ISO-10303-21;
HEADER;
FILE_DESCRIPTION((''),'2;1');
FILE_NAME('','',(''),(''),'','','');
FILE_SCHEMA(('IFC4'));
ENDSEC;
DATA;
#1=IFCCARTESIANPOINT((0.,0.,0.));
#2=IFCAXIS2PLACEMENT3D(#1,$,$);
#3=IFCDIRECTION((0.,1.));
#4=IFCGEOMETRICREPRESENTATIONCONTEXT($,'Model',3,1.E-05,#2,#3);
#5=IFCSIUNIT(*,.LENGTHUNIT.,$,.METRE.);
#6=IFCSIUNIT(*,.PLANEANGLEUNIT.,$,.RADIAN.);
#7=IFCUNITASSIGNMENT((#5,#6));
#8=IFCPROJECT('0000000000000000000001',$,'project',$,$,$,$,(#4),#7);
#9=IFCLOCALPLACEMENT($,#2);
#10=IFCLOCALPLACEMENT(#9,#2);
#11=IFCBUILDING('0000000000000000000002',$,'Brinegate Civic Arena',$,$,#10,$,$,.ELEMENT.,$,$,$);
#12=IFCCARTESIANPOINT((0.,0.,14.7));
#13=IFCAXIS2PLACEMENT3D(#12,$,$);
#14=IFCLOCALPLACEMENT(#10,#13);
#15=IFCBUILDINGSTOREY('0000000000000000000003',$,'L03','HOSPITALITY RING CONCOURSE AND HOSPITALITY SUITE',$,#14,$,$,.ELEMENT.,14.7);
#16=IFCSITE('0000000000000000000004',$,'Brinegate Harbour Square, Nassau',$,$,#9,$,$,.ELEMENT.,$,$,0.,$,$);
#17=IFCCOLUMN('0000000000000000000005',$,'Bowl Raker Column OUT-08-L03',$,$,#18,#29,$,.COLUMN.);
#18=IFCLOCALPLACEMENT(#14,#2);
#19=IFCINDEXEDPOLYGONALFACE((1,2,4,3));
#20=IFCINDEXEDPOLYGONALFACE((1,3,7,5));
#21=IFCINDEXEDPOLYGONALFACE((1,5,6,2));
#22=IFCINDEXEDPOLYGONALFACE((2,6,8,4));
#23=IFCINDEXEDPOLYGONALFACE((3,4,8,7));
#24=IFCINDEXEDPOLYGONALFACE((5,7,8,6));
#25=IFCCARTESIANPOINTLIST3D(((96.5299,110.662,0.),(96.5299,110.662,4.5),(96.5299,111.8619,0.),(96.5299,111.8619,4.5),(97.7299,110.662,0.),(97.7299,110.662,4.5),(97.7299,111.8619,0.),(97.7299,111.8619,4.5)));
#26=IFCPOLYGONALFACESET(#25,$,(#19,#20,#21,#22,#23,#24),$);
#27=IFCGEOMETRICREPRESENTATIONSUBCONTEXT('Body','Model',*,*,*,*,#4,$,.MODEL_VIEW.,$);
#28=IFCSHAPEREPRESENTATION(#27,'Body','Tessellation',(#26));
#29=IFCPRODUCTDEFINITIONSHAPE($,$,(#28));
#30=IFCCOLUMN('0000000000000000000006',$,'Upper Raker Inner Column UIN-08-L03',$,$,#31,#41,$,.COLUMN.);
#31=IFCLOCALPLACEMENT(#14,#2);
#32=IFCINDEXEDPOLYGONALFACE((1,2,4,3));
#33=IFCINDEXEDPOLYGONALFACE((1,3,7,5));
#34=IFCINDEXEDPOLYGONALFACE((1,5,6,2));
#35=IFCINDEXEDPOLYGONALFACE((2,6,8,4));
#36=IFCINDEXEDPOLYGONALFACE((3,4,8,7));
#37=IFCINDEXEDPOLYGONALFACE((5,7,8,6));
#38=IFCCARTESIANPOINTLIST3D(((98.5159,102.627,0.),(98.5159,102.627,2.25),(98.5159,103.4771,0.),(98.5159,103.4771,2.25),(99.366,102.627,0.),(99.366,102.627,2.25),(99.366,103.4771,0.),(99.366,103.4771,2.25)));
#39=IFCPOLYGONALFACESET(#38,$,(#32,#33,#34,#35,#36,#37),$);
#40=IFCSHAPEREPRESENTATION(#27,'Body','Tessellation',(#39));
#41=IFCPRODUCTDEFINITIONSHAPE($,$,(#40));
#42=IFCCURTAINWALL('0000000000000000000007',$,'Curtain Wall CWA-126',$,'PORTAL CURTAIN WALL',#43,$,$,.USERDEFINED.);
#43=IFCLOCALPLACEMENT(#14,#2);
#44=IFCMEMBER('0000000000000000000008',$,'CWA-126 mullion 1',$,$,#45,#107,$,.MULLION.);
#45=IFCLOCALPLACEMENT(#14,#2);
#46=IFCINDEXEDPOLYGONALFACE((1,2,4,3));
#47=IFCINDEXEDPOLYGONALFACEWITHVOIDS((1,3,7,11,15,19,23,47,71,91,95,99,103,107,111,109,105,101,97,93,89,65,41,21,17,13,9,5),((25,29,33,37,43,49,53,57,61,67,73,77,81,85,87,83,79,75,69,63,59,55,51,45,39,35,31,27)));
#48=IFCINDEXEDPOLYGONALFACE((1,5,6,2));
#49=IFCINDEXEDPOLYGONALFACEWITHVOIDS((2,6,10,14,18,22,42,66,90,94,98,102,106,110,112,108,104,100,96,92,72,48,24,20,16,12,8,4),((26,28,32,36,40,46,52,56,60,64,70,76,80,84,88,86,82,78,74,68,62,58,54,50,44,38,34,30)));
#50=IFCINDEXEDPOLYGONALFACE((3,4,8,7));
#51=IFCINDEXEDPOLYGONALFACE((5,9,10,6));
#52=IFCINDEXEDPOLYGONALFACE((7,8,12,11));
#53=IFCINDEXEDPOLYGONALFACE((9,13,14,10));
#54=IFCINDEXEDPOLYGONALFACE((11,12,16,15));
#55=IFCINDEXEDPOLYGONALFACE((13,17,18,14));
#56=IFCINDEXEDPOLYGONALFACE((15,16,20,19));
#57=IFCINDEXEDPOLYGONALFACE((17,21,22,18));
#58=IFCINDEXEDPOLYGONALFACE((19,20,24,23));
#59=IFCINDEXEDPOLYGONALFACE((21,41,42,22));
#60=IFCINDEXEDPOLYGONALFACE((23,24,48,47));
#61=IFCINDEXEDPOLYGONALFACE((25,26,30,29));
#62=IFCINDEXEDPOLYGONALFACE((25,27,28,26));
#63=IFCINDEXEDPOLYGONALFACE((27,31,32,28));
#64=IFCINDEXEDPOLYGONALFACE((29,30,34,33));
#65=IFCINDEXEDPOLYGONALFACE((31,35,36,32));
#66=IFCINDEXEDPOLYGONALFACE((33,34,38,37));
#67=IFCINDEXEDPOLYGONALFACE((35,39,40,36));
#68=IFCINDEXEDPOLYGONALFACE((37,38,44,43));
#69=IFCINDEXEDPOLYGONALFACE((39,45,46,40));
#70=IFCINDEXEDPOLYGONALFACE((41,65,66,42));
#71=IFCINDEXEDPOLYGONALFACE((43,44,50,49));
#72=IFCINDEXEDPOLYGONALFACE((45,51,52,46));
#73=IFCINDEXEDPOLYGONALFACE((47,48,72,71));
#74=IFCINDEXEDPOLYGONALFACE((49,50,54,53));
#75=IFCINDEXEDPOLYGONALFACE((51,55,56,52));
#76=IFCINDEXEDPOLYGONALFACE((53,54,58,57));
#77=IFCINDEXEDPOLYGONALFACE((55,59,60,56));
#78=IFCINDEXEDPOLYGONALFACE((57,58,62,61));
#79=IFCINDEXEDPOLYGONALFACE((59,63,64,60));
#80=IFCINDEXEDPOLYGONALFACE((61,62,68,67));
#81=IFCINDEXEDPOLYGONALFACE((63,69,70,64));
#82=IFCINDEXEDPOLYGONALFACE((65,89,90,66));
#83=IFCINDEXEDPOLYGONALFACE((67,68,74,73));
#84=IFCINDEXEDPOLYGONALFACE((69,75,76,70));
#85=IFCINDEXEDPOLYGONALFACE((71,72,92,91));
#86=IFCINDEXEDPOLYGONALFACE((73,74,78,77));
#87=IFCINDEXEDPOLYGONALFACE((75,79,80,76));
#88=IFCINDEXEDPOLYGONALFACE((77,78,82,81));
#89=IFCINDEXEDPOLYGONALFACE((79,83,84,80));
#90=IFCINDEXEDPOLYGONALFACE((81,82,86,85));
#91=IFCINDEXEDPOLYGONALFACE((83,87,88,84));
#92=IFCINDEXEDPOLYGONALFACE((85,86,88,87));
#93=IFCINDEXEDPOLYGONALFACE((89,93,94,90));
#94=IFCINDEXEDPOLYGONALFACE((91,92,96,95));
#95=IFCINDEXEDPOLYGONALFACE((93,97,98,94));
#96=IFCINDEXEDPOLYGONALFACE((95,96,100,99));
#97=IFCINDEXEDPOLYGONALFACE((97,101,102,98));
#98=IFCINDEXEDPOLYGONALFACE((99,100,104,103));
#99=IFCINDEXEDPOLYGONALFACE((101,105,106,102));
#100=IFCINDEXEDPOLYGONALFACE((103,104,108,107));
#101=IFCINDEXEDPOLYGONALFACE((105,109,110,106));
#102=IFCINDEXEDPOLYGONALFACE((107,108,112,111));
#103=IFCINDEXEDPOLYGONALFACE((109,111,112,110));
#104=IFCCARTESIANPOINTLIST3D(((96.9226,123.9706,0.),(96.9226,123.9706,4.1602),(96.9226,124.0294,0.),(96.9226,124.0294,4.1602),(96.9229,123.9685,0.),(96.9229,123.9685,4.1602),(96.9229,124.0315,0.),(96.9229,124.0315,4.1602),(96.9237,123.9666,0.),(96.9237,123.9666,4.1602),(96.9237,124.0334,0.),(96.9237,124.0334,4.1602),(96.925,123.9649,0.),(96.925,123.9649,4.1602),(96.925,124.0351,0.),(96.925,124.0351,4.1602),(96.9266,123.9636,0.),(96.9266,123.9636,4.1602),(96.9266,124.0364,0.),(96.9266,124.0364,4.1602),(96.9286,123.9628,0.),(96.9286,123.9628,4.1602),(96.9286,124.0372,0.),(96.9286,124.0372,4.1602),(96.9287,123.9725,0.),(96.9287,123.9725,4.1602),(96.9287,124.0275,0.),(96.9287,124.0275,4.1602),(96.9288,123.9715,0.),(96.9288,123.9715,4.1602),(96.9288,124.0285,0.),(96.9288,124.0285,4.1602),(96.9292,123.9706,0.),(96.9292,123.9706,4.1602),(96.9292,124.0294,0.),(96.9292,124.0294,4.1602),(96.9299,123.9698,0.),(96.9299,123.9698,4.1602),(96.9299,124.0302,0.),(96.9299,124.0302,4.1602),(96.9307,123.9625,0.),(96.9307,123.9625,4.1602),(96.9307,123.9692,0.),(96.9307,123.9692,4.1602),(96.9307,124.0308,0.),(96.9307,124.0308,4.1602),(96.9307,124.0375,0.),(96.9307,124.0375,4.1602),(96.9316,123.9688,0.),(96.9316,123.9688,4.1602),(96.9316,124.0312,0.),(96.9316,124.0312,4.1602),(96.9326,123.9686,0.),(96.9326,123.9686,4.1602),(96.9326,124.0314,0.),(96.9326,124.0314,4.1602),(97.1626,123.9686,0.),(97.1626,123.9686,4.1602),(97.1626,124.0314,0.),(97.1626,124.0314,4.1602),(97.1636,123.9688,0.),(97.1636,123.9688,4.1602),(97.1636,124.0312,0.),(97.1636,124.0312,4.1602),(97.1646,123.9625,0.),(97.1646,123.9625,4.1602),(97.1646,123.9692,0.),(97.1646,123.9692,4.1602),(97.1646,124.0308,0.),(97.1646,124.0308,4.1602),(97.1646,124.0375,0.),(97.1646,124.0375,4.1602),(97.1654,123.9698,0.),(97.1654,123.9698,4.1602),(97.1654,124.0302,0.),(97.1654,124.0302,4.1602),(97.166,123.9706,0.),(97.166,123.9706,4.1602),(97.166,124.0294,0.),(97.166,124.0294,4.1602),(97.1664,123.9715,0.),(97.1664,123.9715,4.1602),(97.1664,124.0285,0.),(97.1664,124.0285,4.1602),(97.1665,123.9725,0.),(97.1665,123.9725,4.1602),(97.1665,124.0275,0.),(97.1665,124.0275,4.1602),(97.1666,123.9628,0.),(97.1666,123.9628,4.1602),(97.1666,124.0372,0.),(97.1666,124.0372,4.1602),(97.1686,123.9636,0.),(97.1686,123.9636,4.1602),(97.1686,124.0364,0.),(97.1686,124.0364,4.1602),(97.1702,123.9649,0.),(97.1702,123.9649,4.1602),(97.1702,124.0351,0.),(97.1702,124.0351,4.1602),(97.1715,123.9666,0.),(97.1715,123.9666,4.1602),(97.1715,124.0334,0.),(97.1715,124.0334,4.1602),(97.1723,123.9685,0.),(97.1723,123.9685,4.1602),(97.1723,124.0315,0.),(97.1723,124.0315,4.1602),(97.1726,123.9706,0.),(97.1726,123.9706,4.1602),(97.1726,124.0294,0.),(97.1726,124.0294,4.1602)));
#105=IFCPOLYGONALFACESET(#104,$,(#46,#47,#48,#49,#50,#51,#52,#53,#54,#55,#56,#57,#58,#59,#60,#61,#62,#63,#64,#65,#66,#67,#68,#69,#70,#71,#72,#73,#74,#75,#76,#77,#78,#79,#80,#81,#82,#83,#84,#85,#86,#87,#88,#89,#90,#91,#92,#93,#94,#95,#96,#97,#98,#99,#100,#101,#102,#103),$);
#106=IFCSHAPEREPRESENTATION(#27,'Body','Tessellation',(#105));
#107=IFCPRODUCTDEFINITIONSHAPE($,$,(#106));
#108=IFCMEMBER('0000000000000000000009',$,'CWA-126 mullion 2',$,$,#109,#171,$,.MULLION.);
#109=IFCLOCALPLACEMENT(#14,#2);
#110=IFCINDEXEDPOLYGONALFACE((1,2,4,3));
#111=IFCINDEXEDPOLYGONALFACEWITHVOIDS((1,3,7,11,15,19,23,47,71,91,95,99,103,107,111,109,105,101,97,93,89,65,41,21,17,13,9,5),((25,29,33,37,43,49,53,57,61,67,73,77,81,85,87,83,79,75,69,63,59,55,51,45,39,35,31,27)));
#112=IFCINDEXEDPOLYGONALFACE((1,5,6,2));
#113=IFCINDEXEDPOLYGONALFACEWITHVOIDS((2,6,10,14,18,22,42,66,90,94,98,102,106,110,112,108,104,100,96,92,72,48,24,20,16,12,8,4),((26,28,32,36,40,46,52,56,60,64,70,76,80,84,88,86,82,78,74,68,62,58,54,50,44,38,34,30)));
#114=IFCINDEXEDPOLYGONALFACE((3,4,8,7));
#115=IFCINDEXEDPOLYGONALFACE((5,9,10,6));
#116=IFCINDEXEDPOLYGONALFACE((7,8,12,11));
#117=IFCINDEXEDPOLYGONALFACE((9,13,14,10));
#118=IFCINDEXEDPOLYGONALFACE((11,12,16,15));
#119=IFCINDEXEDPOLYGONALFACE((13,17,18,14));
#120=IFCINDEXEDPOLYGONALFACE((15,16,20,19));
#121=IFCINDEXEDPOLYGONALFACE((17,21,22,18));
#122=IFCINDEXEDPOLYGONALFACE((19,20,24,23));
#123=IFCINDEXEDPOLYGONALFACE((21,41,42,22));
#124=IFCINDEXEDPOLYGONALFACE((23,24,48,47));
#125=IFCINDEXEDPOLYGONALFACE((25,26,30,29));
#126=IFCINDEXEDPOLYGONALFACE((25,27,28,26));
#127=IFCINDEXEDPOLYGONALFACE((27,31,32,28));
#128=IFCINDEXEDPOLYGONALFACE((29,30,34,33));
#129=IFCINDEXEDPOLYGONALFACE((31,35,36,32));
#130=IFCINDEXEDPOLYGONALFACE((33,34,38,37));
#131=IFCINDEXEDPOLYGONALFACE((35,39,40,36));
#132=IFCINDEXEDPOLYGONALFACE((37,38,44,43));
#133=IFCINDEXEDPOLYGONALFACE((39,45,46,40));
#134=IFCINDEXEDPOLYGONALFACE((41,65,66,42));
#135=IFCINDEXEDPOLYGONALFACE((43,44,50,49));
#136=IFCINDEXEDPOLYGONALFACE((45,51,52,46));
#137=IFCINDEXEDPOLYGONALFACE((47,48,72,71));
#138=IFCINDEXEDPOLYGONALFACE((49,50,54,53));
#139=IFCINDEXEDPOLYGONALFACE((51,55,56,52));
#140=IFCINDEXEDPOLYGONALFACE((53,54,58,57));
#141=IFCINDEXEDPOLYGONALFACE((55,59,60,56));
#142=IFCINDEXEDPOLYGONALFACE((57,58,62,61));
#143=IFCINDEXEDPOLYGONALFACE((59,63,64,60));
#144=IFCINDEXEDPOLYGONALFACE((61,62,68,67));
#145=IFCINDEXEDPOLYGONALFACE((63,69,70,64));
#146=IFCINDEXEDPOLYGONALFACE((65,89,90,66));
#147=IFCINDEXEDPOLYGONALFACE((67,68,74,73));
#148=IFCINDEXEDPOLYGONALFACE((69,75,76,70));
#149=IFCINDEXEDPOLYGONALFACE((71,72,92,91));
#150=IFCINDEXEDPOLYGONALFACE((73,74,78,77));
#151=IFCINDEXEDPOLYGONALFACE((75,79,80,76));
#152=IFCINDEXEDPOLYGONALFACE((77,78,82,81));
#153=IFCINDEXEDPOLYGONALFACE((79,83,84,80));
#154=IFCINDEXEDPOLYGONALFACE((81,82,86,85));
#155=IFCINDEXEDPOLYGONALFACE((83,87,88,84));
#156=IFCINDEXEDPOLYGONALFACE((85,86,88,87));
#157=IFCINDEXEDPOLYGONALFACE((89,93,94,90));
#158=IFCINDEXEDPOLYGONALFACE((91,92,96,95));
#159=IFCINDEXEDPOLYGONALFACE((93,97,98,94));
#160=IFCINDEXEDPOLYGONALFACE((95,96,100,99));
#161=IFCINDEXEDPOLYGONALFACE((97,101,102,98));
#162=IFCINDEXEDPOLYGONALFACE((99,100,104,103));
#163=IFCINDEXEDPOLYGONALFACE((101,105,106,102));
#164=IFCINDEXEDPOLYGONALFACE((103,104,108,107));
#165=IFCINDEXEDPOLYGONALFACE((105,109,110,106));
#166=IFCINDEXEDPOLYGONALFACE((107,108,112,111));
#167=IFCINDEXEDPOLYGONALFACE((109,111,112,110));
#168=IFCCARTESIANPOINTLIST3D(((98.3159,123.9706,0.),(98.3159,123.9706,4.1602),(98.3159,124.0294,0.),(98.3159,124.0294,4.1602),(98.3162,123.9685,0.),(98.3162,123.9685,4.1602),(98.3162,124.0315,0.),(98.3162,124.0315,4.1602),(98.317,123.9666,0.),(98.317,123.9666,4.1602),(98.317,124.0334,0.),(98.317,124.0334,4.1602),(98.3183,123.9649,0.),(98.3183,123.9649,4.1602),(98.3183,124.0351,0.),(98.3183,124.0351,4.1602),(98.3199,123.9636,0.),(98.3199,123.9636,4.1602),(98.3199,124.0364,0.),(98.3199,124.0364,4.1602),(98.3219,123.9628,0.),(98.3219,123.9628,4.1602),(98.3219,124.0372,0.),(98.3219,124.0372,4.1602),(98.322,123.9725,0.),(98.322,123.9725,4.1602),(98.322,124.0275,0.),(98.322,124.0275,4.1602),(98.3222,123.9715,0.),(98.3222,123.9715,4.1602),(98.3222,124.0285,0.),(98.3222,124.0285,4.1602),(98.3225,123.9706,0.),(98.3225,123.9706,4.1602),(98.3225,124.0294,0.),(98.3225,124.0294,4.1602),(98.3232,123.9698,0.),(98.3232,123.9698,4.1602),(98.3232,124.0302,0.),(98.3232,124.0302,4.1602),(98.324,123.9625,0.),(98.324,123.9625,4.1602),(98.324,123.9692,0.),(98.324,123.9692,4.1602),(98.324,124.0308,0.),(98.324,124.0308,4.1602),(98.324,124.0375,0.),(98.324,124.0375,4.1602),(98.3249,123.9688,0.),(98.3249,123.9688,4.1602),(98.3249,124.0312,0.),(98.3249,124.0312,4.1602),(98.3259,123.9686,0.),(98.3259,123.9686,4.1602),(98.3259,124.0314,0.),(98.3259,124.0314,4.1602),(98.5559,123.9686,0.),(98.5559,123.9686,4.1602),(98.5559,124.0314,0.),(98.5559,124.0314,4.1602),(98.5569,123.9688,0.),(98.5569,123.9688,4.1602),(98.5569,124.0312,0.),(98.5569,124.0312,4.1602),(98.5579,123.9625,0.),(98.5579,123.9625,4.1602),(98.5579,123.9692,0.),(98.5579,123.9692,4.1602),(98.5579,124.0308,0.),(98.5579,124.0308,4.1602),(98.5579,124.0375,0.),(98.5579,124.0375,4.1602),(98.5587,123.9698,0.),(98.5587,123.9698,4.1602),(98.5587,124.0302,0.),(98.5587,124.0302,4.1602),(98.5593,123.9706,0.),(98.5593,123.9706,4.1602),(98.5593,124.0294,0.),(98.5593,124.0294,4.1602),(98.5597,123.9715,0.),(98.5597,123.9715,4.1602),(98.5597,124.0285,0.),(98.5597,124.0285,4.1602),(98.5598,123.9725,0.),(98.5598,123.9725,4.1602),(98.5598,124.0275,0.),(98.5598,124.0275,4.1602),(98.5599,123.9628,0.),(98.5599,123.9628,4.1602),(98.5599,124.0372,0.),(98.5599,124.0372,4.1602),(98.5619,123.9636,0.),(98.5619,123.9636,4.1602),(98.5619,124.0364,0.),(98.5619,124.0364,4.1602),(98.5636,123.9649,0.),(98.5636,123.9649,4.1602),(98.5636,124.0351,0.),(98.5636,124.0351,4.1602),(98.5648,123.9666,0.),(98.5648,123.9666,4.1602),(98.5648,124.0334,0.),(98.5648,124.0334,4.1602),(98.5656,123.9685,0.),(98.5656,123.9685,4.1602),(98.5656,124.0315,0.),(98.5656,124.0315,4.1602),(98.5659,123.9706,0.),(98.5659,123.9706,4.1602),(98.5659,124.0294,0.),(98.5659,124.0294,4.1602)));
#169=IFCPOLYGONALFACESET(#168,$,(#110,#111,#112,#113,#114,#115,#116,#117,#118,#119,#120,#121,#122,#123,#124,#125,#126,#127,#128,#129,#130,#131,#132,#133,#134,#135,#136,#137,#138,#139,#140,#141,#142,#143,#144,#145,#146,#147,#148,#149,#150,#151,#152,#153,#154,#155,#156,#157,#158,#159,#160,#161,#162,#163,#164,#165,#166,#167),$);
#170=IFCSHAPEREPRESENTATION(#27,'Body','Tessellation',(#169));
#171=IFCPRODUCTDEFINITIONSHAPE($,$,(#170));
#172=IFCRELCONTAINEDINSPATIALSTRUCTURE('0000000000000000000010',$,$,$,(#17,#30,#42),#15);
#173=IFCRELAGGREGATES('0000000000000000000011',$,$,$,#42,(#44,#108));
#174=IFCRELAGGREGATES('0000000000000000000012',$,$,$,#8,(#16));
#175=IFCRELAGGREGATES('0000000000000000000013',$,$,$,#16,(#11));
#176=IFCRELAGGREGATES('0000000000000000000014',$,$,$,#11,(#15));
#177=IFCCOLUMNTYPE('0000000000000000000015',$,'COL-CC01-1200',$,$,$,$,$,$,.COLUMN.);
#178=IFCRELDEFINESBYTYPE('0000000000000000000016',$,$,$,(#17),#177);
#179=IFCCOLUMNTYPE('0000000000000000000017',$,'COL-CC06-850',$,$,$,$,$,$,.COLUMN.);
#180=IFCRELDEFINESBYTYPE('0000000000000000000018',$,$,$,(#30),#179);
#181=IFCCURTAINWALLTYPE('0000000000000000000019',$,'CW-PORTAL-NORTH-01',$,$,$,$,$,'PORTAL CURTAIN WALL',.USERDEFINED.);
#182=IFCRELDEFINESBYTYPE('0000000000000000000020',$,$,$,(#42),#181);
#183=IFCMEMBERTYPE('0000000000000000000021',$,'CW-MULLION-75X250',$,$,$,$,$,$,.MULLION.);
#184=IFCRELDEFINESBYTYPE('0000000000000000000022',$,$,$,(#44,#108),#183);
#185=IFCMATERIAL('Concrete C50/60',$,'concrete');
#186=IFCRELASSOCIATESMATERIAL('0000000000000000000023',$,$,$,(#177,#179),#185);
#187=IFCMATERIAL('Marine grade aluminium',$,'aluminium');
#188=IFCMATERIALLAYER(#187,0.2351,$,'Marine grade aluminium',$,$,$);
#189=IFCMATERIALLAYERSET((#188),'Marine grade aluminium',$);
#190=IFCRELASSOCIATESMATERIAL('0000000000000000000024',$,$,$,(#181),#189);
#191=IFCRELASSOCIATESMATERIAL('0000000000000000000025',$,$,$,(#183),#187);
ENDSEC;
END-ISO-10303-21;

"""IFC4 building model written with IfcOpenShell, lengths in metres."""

from ifc_helpers import new_model, si_unit, direction, frame, origin, origin_2d, place, context, subcontext, project, spatial, rectangle, hollow_rectangle, extrude, material, layer, layer_set, material_profile, profile_set, type_object, element, aggregate, save


model = new_model("IFC4")

# Units and contexts
model_context = context("Model", 3, precision=1e-05, world=origin(), true_north=direction((0.0, 1.0)))
body_context = subcontext(model_context, "Body", "Model", "MODEL_VIEW")
ifc_project = project(units=[si_unit("LENGTHUNIT", "METRE"), si_unit("PLANEANGLEUNIT", "RADIAN")], contexts=[model_context])

# Site, building, storey
site_placement = place(None, origin())
site = spatial("IfcSite", under=ifc_project, at=site_placement, Name="Brinegate Harbour Square, Nassau", CompositionType="ELEMENT", RefElevation=0.0)
building_placement = place(site_placement, origin())
building = spatial("IfcBuilding", under=site, at=building_placement, Name="Brinegate Civic Arena", CompositionType="ELEMENT")
storey_placement = place(building_placement, frame((0.0, 0.0, 14.7)))
storey = spatial("IfcBuildingStorey", under=building, at=storey_placement, Name="L03", Description="HOSPITALITY RING CONCOURSE AND HOSPITALITY SUITE", CompositionType="ELEMENT", Elevation=14.7)

# Columns
ifc_material_1 = material(Name="Concrete C50/60", Category="concrete")
ifc_material_profile_1 = material_profile(ifc_material_1, rectangle(XDim=1.2, YDim=1.2, at=origin_2d()), Name="RC1200X1200")
ifc_profile_set_1 = profile_set([ifc_material_profile_1], Name="Concrete C50/60")
column_type_1 = type_object("IfcColumnType", Name="COL-CC01-1200", PredefinedType="COLUMN", material=ifc_profile_set_1)
column_1_placement = place(storey_placement, frame((97.1299, 111.262, 0.0), z_axis=(0.0, 0.0, 1.0), x_axis=(1.0, 0.0, 0.0)))
element("IfcColumn", 1, at=column_1_placement, inside=storey, type_object=column_type_1, Name="Bowl Raker Column OUT-08-L03", PredefinedType="COLUMN", context=body_context, shape_type="SweptSolid", body=[
    extrude(rectangle(XDim=1.2, YDim=1.2, at=origin_2d()), origin(), (0.0, 0.0, 1.0), 4.5),
])
ifc_material_profile_2 = material_profile(ifc_material_1, rectangle(XDim=0.8501, YDim=0.8501, at=origin_2d()), Name="RC850X850")
ifc_profile_set_2 = profile_set([ifc_material_profile_2], Name="Concrete C50/60")
column_type_2 = type_object("IfcColumnType", Name="COL-CC06-850", PredefinedType="COLUMN", material=ifc_profile_set_2)
column_2_placement = place(storey_placement, frame((98.9409, 103.052, 0.0), z_axis=(0.0, 0.0, 1.0), x_axis=(1.0, 0.0, 0.0)))
element("IfcColumn", 2, at=column_2_placement, inside=storey, type_object=column_type_2, Name="Upper Raker Inner Column UIN-08-L03", PredefinedType="COLUMN", context=body_context, shape_type="SweptSolid", body=[
    extrude(rectangle(XDim=0.8501, YDim=0.8501, at=origin_2d()), origin(), (0.0, 0.0, 1.0), 2.25),
])

# Curtain wall, members
ifc_material_2 = material(Name="Marine grade aluminium", Category="aluminium")
ifc_layer_1 = layer(ifc_material_2, 0.2351, Name="Marine grade aluminium")
ifc_layer_set_1 = layer_set([ifc_layer_1], Name="Marine grade aluminium")
curtain_wall_type = type_object("IfcCurtainWallType", Name="CW-PORTAL-NORTH-01", ElementType="PORTAL CURTAIN WALL", PredefinedType="USERDEFINED", material=ifc_layer_set_1)
curtain_wall_placement = place(storey_placement, origin())
curtain_wall = element("IfcCurtainWall", 3, at=curtain_wall_placement, inside=storey, type_object=curtain_wall_type, Name="Curtain Wall CWA-126", ObjectType="PORTAL CURTAIN WALL", PredefinedType="USERDEFINED")
ifc_material_profile_3 = material_profile(ifc_material_2, hollow_rectangle(XDim=0.075, YDim=0.25, WallThickness=0.0061, InnerFilletRadius=0.0039, OuterFilletRadius=0.0081, at=origin_2d()), Name="MUL75X250")
ifc_profile_set_3 = profile_set([ifc_material_profile_3], Name="Marine grade aluminium")
member_type_1 = type_object("IfcMemberType", Name="CW-MULLION-75X250", PredefinedType="MULLION", material=ifc_profile_set_3)
member_1_placement = place(storey_placement, frame((97.0476, 124.0, 0.0), z_axis=(0.0, 0.0, 1.0), x_axis=(0.0, 1.0, 0.0)))
member_1 = element("IfcMember", 4, at=member_1_placement, type_object=member_type_1, Name="CWA-126 mullion 1", PredefinedType="MULLION", context=body_context, shape_type="SweptSolid", body=[
    extrude(hollow_rectangle(XDim=0.075, YDim=0.25, WallThickness=0.0061, InnerFilletRadius=0.0039, OuterFilletRadius=0.0081, at=origin_2d()), origin(), (0.0, 0.0, 1.0), 4.1602),
])
member_2_placement = place(storey_placement, frame((98.4409, 124.0, 0.0), z_axis=(0.0, 0.0, 1.0), x_axis=(0.0, 1.0, 0.0)))
member_2 = element("IfcMember", 5, at=member_2_placement, type_object=member_type_1, Name="CWA-126 mullion 2", PredefinedType="MULLION", context=body_context, shape_type="SweptSolid", body=[
    extrude(hollow_rectangle(XDim=0.075, YDim=0.25, WallThickness=0.0061, InnerFilletRadius=0.0039, OuterFilletRadius=0.0081, at=origin_2d()), origin(), (0.0, 0.0, 1.0), 4.1602),
])
aggregate(curtain_wall, [member_1, member_2])

save(model, "model.ifc")
